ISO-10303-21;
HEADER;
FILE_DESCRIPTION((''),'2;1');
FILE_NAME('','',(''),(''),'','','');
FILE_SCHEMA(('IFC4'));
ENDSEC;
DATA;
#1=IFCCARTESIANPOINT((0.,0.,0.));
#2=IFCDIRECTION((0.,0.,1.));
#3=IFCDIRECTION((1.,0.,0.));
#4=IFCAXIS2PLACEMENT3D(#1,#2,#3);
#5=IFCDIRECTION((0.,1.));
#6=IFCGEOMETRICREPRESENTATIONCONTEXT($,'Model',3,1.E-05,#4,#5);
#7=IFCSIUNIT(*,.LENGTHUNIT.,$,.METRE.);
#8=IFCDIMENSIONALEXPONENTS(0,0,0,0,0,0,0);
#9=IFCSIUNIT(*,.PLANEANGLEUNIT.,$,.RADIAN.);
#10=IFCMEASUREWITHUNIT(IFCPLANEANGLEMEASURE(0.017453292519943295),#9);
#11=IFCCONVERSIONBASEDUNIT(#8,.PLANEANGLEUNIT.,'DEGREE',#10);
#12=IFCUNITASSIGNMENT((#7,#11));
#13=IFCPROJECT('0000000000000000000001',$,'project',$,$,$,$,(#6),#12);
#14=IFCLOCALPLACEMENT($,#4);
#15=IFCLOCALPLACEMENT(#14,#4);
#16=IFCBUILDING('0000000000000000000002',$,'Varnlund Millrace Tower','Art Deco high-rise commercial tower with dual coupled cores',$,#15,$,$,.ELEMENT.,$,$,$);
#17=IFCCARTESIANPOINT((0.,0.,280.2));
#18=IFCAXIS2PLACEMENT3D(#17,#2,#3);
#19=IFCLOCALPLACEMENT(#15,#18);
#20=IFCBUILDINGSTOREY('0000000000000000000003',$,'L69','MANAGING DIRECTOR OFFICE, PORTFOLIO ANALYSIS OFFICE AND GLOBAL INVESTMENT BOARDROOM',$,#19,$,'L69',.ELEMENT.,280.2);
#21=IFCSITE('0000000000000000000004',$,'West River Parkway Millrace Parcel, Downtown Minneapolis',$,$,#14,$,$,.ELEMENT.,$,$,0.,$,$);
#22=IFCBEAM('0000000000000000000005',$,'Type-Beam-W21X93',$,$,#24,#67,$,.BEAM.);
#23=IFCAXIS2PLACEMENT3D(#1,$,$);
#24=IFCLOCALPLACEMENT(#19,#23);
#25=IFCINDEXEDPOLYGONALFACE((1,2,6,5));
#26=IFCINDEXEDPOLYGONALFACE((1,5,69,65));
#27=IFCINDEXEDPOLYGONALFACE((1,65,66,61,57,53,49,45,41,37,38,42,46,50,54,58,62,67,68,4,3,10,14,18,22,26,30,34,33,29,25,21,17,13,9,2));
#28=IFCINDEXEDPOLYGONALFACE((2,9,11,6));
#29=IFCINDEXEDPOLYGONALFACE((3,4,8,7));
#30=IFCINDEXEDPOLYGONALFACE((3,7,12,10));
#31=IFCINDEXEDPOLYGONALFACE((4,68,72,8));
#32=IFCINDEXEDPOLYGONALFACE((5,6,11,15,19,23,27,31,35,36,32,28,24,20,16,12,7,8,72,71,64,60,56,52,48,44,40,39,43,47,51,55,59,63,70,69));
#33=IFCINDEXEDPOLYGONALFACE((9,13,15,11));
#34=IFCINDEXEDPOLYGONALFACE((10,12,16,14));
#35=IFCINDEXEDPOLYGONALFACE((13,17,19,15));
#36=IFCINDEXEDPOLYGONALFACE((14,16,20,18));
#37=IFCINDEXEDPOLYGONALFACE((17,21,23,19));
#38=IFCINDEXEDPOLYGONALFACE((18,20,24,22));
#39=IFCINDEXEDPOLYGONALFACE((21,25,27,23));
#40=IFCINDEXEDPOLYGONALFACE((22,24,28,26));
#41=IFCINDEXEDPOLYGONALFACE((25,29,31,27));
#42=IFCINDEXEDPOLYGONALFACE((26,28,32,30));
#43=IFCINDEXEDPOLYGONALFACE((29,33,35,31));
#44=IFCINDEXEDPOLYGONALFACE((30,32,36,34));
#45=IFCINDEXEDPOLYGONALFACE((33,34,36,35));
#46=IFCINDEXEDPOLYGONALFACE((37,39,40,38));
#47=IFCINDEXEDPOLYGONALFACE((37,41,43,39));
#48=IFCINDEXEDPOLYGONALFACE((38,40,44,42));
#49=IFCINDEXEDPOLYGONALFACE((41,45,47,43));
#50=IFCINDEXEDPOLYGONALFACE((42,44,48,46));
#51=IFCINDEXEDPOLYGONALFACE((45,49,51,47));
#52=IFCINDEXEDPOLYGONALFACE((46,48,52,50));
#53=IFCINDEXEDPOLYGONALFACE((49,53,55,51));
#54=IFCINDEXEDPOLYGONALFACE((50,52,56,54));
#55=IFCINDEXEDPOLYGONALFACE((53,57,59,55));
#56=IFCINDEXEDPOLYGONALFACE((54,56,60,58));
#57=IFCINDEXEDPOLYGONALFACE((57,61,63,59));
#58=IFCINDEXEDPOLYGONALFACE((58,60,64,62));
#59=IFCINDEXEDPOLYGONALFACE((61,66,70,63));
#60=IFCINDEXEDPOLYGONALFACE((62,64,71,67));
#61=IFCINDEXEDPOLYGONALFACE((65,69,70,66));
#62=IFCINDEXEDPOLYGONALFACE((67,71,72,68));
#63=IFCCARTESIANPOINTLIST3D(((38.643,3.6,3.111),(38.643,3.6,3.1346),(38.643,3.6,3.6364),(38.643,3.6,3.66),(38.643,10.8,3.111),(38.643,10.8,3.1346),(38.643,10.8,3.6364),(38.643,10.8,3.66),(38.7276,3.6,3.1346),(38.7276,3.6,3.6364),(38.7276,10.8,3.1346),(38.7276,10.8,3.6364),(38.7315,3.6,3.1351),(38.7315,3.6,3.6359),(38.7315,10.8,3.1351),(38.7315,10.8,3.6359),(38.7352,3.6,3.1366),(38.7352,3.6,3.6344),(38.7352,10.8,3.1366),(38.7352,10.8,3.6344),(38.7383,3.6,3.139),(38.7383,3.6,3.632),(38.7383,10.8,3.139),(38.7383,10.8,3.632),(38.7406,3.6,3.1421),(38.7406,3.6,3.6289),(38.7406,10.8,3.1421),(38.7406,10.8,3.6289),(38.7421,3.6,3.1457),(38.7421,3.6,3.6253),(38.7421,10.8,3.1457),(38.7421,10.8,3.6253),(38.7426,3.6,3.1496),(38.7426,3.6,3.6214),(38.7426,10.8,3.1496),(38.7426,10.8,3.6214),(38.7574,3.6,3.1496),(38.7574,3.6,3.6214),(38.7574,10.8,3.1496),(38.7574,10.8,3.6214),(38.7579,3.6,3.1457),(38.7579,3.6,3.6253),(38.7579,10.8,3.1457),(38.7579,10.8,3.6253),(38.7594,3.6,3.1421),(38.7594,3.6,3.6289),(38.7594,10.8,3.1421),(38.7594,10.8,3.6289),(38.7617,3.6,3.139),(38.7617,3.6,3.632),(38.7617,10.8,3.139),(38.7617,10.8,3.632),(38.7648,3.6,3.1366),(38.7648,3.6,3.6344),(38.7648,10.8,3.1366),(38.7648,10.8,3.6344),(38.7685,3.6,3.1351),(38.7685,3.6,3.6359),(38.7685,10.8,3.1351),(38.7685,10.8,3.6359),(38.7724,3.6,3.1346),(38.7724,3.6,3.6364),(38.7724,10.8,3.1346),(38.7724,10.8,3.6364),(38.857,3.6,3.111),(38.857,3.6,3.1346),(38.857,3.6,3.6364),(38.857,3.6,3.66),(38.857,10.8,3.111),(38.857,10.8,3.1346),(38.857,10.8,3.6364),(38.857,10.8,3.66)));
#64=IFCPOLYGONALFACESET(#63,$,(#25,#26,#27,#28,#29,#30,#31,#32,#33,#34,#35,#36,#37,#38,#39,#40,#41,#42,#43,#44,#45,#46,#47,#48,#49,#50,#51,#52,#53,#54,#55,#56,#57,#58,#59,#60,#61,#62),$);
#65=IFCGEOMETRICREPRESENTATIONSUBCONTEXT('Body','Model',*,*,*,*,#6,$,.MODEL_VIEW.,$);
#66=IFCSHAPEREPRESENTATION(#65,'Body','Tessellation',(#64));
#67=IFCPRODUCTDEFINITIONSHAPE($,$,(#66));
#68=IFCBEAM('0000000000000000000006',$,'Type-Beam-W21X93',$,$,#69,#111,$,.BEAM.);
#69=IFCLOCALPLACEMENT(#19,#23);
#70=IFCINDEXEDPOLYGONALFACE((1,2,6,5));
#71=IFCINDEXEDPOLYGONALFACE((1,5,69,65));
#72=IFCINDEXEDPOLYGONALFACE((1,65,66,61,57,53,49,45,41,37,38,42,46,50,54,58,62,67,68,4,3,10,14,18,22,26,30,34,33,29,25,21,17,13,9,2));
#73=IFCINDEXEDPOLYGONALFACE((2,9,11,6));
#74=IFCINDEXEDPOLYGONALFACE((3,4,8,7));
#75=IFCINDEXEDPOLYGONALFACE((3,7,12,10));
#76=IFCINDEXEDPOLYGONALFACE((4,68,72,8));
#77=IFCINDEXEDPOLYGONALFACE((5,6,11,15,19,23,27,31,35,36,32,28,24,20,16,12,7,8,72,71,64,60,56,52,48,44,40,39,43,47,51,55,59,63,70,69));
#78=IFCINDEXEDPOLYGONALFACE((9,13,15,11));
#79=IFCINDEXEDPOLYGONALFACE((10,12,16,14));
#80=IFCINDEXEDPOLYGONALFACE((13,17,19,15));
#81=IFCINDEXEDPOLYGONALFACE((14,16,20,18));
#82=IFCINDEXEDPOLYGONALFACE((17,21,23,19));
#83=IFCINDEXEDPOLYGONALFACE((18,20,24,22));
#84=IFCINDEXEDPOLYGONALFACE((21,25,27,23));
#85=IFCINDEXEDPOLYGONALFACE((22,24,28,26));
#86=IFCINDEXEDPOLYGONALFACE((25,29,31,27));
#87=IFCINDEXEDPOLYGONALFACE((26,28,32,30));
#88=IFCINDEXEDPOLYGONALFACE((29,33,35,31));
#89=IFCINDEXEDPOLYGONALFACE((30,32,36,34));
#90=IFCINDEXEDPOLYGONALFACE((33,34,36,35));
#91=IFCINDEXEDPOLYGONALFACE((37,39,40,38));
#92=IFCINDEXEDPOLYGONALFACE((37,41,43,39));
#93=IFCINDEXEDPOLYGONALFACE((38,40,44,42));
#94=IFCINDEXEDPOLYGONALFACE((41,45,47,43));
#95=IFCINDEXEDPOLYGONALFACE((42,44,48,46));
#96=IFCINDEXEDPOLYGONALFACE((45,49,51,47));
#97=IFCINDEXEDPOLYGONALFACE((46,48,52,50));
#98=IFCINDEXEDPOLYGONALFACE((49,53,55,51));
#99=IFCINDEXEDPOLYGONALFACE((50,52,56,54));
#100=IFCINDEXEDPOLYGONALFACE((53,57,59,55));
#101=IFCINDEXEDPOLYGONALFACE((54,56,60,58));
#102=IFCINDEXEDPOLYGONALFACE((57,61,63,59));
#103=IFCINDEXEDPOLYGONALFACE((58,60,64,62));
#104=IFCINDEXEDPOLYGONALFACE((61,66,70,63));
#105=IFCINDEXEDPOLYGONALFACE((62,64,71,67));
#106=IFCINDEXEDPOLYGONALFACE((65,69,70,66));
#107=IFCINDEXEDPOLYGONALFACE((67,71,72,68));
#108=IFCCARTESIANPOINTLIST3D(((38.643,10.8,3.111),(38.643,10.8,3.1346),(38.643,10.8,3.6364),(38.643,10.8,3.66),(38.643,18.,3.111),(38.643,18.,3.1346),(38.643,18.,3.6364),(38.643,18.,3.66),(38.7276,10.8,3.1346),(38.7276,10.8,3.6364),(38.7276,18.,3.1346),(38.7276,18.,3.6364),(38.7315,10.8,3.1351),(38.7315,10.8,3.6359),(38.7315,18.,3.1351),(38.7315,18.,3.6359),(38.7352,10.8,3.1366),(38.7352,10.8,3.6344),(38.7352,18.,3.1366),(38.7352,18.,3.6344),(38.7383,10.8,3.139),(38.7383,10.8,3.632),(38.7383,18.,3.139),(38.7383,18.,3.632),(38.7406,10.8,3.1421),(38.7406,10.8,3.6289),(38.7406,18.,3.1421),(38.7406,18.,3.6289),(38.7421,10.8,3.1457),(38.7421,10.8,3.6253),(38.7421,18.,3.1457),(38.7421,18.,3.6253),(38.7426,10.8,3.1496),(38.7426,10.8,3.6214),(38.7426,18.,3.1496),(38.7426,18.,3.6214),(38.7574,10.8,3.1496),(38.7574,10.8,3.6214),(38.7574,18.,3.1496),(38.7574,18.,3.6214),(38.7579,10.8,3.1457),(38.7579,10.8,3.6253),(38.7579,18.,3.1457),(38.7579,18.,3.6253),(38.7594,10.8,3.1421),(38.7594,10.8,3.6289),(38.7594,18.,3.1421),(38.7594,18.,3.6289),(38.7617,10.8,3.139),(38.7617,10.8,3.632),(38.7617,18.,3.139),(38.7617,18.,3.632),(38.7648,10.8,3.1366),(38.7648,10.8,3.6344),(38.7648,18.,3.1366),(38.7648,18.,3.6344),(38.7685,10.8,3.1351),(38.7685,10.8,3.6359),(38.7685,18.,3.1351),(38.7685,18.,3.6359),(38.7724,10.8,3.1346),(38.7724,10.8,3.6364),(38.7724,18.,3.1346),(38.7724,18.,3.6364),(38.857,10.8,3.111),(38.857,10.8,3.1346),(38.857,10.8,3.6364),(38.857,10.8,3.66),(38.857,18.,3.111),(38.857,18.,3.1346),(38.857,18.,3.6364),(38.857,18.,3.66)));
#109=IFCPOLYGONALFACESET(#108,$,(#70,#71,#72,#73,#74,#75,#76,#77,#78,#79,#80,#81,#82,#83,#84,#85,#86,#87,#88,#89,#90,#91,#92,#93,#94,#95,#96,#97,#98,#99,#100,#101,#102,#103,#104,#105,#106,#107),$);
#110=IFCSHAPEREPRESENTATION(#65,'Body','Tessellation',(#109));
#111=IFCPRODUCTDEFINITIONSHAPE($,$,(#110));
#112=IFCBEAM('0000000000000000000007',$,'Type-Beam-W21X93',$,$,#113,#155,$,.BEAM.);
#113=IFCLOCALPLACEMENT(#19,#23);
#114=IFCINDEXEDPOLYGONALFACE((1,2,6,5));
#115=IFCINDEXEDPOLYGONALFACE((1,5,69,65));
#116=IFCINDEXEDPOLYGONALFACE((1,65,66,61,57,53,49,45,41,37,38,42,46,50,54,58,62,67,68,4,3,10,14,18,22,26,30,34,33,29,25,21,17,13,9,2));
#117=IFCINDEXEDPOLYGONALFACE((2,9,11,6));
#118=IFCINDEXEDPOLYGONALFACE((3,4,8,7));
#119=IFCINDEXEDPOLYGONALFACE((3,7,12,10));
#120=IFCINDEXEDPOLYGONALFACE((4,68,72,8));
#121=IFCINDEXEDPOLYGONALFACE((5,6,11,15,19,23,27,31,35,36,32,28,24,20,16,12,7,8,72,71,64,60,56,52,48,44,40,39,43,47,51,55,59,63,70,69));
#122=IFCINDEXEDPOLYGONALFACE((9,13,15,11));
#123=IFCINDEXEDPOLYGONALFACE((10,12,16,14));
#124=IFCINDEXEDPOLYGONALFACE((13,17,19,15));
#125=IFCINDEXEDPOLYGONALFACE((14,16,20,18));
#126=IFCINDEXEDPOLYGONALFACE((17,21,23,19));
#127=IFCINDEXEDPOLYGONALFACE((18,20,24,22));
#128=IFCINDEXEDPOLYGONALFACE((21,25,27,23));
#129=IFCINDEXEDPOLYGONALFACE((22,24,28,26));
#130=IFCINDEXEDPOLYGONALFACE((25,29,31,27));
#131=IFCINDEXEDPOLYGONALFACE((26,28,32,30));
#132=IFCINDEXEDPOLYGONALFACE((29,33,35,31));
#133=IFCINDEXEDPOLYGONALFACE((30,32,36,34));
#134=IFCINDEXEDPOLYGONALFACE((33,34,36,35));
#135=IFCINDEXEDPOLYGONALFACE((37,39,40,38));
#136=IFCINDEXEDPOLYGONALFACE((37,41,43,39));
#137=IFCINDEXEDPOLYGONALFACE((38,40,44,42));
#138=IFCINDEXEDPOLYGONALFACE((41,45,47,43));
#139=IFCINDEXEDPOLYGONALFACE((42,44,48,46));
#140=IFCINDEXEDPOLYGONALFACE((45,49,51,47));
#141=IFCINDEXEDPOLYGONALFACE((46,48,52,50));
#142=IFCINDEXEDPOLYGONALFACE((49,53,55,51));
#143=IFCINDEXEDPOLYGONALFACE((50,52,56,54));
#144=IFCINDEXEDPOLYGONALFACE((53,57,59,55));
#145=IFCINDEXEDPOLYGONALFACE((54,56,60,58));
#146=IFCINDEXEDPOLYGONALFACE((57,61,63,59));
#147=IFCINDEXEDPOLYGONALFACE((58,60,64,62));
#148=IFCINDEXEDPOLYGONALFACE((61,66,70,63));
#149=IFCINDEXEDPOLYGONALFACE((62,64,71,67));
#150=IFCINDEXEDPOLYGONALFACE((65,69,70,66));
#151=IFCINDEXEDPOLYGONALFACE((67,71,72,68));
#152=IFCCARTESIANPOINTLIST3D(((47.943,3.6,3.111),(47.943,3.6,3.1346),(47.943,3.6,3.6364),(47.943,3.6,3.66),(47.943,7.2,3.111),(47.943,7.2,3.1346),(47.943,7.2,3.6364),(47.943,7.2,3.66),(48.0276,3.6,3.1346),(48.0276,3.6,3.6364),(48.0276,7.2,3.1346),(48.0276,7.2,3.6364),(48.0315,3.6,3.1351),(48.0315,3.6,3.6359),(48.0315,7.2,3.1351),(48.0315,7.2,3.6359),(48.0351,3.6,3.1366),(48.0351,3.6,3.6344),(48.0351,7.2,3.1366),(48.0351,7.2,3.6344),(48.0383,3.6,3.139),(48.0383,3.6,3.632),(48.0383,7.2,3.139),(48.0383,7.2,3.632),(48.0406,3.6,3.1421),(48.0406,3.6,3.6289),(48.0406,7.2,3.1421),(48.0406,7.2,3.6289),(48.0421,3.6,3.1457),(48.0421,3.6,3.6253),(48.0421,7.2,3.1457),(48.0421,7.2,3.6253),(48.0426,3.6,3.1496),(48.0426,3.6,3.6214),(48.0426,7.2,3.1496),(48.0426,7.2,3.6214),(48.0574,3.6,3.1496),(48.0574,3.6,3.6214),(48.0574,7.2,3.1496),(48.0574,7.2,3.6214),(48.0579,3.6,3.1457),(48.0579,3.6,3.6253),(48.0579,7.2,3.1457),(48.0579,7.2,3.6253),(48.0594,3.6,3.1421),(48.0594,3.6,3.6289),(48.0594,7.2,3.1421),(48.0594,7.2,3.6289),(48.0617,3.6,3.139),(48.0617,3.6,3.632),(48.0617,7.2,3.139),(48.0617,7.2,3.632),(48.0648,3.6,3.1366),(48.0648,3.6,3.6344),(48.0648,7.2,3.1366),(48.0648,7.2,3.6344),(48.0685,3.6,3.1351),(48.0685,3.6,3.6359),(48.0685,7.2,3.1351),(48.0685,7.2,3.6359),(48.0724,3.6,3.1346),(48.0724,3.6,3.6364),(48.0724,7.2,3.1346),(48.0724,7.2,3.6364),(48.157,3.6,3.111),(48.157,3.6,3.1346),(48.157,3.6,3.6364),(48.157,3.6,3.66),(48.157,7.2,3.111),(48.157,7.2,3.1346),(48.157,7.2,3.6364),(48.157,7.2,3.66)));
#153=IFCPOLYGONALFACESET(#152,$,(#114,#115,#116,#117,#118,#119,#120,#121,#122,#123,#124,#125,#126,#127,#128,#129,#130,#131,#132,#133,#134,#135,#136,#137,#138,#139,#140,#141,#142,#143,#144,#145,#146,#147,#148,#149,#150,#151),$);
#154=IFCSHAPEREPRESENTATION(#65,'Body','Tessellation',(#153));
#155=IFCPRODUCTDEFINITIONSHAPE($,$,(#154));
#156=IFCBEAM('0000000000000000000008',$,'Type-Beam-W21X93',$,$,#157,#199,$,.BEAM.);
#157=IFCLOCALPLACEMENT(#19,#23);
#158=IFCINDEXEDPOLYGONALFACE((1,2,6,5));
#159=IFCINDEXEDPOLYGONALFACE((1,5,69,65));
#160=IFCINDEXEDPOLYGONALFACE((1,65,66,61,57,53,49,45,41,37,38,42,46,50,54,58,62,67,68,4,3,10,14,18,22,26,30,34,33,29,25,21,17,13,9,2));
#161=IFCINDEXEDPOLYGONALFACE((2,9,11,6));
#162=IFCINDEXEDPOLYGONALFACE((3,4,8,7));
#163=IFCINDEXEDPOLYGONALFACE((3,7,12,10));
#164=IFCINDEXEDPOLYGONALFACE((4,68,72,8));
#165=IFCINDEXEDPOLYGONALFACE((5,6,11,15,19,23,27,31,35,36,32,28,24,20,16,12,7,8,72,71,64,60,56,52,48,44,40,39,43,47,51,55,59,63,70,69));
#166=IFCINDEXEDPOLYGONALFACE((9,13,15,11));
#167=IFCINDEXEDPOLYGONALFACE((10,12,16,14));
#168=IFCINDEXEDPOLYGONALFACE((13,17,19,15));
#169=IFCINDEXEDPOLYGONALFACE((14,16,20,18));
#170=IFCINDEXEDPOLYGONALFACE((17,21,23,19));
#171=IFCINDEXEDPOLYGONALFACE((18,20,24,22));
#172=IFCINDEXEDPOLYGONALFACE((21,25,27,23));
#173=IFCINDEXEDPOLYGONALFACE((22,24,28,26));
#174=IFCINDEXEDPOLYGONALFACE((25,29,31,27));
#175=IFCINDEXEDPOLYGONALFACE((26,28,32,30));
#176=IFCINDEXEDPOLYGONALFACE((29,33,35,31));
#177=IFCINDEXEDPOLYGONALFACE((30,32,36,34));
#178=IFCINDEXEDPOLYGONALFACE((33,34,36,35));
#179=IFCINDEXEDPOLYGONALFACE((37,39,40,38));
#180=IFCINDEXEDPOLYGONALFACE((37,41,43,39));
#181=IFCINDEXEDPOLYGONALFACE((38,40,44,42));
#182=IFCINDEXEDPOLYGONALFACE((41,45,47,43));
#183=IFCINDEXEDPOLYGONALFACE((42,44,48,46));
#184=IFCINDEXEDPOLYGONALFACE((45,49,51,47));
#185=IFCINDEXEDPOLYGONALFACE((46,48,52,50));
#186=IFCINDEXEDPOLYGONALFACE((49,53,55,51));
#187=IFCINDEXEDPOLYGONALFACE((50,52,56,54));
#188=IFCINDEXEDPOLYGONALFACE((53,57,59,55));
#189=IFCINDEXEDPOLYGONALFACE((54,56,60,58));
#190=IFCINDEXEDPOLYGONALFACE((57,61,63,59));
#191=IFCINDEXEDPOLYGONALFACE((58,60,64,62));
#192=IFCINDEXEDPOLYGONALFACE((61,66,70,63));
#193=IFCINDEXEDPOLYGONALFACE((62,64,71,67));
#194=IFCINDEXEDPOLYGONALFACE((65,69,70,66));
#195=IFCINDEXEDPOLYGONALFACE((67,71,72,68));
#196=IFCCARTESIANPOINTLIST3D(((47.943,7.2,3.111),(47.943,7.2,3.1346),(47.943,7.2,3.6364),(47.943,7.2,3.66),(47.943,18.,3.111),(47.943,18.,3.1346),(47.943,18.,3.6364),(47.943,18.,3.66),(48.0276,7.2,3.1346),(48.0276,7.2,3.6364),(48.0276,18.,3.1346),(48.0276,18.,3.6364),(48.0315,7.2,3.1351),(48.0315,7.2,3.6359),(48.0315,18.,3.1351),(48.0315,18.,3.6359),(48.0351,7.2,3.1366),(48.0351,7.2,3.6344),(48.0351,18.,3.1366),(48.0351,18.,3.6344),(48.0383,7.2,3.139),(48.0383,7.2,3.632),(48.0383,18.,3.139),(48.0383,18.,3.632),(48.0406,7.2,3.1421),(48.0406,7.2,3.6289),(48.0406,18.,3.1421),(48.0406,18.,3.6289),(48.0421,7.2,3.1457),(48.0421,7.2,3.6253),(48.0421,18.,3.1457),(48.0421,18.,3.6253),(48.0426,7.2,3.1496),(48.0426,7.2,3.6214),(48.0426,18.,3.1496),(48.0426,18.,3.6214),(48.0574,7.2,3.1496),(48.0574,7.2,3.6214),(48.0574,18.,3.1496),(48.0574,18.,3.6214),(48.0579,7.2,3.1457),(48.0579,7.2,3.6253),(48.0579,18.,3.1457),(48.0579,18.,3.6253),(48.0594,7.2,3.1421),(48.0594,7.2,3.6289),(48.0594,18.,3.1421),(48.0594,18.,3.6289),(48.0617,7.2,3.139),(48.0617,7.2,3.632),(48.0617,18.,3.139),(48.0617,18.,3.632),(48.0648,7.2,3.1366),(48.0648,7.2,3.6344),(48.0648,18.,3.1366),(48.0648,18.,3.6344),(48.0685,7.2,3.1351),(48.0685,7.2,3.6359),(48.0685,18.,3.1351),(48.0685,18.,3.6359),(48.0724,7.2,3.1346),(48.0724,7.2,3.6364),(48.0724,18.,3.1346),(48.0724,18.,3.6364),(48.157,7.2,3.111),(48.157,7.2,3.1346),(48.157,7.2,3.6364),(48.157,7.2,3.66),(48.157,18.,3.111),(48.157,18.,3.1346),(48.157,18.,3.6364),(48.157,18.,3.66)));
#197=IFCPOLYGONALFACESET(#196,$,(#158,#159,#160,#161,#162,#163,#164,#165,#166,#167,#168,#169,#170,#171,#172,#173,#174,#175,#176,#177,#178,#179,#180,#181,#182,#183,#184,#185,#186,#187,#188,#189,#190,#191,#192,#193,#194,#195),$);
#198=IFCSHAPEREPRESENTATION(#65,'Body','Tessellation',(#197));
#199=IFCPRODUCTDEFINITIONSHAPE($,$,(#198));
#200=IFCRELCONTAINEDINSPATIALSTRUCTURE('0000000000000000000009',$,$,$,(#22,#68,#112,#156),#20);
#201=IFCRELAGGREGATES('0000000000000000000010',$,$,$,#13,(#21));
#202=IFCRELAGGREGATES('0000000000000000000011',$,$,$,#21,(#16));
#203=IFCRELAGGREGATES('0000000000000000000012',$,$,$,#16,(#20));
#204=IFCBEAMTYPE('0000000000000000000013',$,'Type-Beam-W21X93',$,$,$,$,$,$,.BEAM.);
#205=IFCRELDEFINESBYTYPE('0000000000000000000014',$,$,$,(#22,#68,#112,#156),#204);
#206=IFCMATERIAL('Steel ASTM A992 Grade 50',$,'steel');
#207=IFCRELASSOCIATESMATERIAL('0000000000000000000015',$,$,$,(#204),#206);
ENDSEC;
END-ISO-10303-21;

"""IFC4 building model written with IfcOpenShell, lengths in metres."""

from ifc_helpers import new_model, entity, si_unit, converted_unit, direction, frame, origin_with_axes, origin_2d_with_axis, place, context, subcontext, project, spatial, i_section, extrude, material, material_profile, profile_set, type_object, element, save


model = new_model("IFC4")

# Units and contexts
model_context = context("Model", 3, precision=1e-05, world=origin_with_axes(), true_north=direction((0.0, 1.0)))
body_context = subcontext(model_context, "Body", "Model", "MODEL_VIEW")
ifc_project = project(units=[si_unit("LENGTHUNIT", "METRE"), converted_unit("PLANEANGLEUNIT", "DEGREE", entity("IfcPlaneAngleMeasure", 0.017453292519943295), si_unit("PLANEANGLEUNIT", "RADIAN"), dimensions=[0, 0, 0, 0, 0, 0, 0])], contexts=[model_context])

# Site, building, storey
site_placement = place(None, origin_with_axes())
site = spatial("IfcSite", under=ifc_project, at=site_placement, Name="West River Parkway Millrace Parcel, Downtown Minneapolis", CompositionType="ELEMENT", RefElevation=0.0)
building_placement = place(site_placement, origin_with_axes())
building = spatial("IfcBuilding", under=site, at=building_placement, Name="Varnlund Millrace Tower", Description="Art Deco high-rise commercial tower with dual coupled cores", CompositionType="ELEMENT")
storey_placement = place(building_placement, frame((0.0, 0.0, 280.2), z_axis=(0.0, 0.0, 1.0), x_axis=(1.0, 0.0, 0.0)))
storey = spatial("IfcBuildingStorey", under=building, at=storey_placement, Name="L69", Description="MANAGING DIRECTOR OFFICE, PORTFOLIO ANALYSIS OFFICE AND GLOBAL INVESTMENT BOARDROOM", LongName="L69", CompositionType="ELEMENT", Elevation=280.2)

# Beams
ifc_material_1 = material(Name="Steel ASTM A992 Grade 50", Category="steel")
ifc_material_profile_1 = material_profile(ifc_material_1, i_section(OverallWidth=0.214, OverallDepth=0.549, WebThickness=0.0147, FlangeThickness=0.0236, FilletRadius=0.015, at=origin_2d_with_axis()), Name="Steel ASTM A992 Grade 50")
ifc_profile_set_1 = profile_set([ifc_material_profile_1], Name="Steel ASTM A992 Grade 50")
beam_type_1 = type_object("IfcBeamType", Name="Type-Beam-W21X93", PredefinedType="BEAM", material=ifc_profile_set_1)
for number, where, z_axis, x_axis, name in (
    (1, (38.75, 3.6, 3.3855), (0.0, 1.0, 0.0), (-1.0, 0.0, 0.0), "Type-Beam-W21X93"),
    (2, (38.75, 10.8, 3.3855), (0.0, 1.0, 0.0), (-1.0, 0.0, 0.0), "Type-Beam-W21X93"),
):
    element("IfcBeam", number, at=place(storey_placement, frame(where, z_axis=z_axis, x_axis=x_axis)), inside=storey, type_object=beam_type_1, Name=name, PredefinedType="BEAM", context=body_context, shape_type="SweptSolid", body=[
        extrude(i_section(OverallWidth=0.214, OverallDepth=0.549, WebThickness=0.0147, FlangeThickness=0.0236, FilletRadius=0.015, at=origin_2d_with_axis()), origin_with_axes(), (0.0, 0.0, 1.0), 7.2),
    ])
beam_1_placement = place(storey_placement, frame((48.05, 3.6, 3.3855), z_axis=(0.0, 1.0, 0.0), x_axis=(-1.0, 0.0, 0.0)))
element("IfcBeam", 3, at=beam_1_placement, inside=storey, type_object=beam_type_1, Name="Type-Beam-W21X93", PredefinedType="BEAM", context=body_context, shape_type="SweptSolid", body=[
    extrude(i_section(OverallWidth=0.214, OverallDepth=0.549, WebThickness=0.0147, FlangeThickness=0.0236, FilletRadius=0.015, at=origin_2d_with_axis()), origin_with_axes(), (0.0, 0.0, 1.0), 3.6),
])
beam_2_placement = place(storey_placement, frame((48.05, 7.2, 3.3855), z_axis=(0.0, 1.0, 0.0), x_axis=(-1.0, 0.0, 0.0)))
element("IfcBeam", 4, at=beam_2_placement, inside=storey, type_object=beam_type_1, Name="Type-Beam-W21X93", PredefinedType="BEAM", context=body_context, shape_type="SweptSolid", body=[
    extrude(i_section(OverallWidth=0.214, OverallDepth=0.549, WebThickness=0.0147, FlangeThickness=0.0236, FilletRadius=0.015, at=origin_2d_with_axis()), origin_with_axes(), (0.0, 0.0, 1.0), 10.8),
])

save(model, "model.ifc")
